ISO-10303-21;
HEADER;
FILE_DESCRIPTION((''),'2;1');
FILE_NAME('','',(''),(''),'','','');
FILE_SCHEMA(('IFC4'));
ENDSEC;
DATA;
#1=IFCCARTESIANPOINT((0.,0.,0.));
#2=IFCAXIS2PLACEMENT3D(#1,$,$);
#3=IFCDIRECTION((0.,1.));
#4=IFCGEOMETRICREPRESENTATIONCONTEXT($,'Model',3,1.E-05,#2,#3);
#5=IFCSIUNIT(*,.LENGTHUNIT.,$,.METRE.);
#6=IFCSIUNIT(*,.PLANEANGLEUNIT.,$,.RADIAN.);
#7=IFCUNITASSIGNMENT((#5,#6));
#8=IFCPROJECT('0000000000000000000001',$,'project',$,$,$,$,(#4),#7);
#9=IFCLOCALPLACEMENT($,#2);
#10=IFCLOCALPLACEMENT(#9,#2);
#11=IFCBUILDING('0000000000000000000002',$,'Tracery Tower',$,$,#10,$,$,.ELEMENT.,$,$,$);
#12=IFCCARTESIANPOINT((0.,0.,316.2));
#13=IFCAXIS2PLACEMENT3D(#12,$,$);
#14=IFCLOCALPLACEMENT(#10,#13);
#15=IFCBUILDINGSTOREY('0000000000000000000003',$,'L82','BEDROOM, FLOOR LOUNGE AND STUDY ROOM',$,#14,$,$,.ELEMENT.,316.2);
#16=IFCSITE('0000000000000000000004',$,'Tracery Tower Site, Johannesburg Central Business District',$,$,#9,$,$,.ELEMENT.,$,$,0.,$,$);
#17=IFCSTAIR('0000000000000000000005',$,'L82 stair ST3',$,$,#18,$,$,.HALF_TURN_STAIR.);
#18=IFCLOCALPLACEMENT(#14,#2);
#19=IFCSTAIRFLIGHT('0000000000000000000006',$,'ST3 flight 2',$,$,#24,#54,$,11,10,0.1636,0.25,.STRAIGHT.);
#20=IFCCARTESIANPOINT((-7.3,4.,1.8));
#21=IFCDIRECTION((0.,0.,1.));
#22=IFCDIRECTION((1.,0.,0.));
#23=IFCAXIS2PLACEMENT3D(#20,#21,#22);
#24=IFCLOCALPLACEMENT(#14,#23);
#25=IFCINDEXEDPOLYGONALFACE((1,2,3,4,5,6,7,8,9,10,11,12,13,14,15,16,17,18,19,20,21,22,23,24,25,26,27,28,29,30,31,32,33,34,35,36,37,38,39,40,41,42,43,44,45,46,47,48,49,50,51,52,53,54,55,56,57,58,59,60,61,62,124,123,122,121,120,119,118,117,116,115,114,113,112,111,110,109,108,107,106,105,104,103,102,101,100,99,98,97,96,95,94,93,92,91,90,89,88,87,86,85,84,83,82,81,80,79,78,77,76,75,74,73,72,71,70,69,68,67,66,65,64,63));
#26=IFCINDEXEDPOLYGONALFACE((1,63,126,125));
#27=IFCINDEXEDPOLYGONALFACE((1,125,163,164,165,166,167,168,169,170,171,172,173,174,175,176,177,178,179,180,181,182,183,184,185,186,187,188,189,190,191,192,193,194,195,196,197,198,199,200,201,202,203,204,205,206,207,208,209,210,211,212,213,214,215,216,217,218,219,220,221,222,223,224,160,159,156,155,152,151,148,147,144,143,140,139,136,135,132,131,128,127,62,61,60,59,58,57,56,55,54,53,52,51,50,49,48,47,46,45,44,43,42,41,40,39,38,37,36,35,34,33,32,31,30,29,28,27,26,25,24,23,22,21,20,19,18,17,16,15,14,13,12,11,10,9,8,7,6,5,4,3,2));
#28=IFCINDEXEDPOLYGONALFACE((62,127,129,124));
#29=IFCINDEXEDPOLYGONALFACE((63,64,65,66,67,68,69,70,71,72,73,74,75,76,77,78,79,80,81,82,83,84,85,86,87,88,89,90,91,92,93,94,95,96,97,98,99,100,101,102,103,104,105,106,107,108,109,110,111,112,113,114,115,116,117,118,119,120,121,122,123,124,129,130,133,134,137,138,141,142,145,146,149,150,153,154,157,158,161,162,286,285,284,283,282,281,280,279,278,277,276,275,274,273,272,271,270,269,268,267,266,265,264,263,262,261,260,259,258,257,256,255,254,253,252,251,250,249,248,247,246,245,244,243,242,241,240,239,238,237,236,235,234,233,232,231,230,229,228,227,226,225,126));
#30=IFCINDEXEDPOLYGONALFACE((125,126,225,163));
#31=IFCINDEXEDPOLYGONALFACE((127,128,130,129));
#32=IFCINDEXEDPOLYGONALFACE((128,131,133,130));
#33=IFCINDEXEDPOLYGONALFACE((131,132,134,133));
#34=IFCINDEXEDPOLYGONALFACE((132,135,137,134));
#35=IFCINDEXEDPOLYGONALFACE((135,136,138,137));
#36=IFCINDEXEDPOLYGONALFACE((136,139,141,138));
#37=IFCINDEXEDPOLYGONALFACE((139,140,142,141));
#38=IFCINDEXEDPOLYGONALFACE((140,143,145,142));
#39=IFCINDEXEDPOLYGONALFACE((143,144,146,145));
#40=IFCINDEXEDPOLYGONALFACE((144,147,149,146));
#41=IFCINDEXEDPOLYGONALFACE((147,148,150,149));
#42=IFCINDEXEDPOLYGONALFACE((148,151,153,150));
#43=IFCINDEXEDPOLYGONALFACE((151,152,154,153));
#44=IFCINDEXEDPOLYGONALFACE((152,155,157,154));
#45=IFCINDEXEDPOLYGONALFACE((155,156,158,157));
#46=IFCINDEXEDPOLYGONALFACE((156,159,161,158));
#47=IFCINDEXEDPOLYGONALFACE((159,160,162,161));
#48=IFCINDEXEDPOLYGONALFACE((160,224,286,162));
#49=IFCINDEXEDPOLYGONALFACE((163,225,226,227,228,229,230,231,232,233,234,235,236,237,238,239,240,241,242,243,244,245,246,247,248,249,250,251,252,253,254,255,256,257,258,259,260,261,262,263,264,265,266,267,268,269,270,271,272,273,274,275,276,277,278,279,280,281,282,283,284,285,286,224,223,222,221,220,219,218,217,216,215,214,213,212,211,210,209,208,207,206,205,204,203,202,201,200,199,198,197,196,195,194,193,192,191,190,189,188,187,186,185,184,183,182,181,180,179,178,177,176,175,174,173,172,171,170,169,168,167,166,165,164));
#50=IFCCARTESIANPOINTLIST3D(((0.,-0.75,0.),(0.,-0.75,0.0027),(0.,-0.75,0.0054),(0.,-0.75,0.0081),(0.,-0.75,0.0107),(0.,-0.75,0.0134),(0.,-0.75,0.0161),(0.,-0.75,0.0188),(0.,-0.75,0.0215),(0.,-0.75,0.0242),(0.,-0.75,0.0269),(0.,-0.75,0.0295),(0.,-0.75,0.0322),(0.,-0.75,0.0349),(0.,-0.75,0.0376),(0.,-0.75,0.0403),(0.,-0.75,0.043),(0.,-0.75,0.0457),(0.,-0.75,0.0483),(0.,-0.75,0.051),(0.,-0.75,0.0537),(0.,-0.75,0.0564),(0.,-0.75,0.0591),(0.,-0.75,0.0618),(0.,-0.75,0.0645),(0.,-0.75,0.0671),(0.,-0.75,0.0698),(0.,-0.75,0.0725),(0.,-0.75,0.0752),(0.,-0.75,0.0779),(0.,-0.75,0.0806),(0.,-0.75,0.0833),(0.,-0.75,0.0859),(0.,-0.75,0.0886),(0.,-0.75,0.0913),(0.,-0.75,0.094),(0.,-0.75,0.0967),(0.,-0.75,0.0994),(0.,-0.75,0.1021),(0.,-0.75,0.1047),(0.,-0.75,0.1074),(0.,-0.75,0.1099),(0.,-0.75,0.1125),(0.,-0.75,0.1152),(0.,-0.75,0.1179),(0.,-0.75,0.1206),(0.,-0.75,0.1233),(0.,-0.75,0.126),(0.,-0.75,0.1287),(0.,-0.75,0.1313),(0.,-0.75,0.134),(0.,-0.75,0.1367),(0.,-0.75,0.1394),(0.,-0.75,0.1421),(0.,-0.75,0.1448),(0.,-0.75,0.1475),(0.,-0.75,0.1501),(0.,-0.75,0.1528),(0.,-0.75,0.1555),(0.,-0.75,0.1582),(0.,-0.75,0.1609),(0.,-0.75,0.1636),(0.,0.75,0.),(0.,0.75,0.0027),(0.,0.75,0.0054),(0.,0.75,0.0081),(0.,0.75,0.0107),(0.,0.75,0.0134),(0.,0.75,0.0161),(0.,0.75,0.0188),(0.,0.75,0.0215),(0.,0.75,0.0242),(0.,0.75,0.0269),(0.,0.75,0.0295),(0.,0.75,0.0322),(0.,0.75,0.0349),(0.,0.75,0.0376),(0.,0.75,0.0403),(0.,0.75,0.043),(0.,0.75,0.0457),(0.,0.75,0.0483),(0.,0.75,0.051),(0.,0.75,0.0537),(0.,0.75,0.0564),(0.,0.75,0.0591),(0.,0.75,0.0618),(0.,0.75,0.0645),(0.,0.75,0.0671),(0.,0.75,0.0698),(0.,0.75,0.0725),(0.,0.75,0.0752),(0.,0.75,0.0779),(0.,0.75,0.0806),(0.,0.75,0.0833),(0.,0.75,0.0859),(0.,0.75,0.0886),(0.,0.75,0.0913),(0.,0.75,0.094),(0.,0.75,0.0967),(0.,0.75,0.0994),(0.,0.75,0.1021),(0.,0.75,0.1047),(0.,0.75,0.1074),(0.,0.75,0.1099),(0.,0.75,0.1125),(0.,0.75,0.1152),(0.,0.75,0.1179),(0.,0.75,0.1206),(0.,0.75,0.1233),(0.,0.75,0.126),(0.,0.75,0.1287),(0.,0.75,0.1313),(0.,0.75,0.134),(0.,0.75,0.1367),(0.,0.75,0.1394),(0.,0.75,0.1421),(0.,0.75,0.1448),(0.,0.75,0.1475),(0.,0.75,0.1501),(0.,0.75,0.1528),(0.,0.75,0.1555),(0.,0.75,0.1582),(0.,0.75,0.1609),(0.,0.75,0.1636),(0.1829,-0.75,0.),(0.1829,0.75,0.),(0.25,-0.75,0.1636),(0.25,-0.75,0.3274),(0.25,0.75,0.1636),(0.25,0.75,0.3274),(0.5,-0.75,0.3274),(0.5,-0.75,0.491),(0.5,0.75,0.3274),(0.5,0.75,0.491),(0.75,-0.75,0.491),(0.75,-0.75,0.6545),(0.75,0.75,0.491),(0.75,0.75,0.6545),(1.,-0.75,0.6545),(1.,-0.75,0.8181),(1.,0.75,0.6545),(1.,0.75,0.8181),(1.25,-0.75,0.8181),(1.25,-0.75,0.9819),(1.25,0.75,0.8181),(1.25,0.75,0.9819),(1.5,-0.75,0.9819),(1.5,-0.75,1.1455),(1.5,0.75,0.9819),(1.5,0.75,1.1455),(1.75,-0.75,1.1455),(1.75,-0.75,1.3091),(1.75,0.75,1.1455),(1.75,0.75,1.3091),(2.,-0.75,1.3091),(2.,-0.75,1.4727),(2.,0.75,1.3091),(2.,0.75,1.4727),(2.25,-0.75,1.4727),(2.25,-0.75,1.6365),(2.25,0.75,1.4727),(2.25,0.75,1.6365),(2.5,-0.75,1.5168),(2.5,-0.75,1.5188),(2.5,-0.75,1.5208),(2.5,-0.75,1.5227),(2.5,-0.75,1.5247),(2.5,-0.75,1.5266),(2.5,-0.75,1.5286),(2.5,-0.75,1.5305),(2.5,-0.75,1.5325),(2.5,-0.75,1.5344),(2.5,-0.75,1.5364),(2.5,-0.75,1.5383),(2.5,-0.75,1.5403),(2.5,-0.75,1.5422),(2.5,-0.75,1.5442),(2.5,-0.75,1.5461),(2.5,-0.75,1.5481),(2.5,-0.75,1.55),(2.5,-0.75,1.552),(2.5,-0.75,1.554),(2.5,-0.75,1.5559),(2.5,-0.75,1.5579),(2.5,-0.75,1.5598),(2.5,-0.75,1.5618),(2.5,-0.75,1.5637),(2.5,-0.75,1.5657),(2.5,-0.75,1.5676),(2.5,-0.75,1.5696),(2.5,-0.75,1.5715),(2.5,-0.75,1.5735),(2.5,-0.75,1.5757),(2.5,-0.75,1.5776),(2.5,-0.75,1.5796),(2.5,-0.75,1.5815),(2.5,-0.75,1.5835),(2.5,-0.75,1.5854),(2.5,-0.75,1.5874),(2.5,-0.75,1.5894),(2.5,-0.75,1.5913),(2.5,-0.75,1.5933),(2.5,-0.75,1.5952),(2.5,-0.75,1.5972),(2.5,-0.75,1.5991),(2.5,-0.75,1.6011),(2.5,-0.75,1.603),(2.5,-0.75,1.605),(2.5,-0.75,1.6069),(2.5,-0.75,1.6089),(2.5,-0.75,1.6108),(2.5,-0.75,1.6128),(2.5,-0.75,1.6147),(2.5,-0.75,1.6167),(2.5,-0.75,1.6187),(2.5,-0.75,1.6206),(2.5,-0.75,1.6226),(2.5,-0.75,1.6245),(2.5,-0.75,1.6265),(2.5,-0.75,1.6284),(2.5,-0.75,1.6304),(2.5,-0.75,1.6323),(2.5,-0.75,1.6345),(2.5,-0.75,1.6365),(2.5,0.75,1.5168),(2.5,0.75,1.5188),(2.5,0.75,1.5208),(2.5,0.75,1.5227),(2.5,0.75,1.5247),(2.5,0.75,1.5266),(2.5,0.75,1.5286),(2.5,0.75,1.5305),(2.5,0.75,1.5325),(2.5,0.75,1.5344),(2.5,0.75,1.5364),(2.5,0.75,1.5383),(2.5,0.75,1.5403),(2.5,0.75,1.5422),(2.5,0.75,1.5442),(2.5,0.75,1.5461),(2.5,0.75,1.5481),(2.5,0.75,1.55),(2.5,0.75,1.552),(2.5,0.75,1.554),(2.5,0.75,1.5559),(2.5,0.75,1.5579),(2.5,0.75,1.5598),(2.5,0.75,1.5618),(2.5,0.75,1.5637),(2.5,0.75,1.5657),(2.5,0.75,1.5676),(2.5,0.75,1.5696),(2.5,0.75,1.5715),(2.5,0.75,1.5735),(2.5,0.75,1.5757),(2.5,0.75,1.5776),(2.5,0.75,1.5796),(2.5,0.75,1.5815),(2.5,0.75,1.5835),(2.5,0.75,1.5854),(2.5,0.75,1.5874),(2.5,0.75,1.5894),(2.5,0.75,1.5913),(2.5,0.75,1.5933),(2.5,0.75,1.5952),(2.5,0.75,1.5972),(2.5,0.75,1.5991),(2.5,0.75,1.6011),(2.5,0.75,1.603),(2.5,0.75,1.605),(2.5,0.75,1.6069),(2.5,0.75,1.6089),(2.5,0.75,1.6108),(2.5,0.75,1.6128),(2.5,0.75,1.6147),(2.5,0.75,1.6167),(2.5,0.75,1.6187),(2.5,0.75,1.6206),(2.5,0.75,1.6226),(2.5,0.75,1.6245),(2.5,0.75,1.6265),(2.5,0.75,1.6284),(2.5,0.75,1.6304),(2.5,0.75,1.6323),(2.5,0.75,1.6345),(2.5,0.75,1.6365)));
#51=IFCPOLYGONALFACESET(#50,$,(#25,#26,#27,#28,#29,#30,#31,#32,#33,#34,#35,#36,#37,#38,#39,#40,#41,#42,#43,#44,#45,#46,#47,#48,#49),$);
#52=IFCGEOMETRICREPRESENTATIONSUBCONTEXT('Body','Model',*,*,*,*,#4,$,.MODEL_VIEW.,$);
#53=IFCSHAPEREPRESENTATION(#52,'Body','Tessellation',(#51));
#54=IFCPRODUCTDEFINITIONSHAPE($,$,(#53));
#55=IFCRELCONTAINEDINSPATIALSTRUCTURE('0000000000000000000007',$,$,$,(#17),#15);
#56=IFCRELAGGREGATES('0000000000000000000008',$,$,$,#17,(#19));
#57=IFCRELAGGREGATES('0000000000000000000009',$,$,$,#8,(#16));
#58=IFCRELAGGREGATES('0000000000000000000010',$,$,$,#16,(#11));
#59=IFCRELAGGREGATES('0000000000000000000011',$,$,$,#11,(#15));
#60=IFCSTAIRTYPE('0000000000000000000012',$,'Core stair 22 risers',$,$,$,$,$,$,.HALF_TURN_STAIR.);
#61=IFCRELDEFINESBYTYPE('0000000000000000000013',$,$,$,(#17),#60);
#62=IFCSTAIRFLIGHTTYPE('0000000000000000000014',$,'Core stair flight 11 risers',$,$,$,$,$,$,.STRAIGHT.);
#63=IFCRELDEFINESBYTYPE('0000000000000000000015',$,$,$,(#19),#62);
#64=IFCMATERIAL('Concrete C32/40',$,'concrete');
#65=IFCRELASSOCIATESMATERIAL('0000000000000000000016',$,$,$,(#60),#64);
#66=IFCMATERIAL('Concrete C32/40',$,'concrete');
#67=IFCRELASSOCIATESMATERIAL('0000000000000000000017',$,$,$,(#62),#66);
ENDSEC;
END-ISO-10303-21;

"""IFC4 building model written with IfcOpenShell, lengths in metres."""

from ifc_helpers import new_model, si_unit, direction, frame, origin, place, context, subcontext, project, spatial, polyline, outline, extrude, material, type_object, element, aggregate, save


model = new_model("IFC4")

# Units and contexts
model_context = context("Model", 3, precision=1e-05, world=origin(), true_north=direction((0.0, 1.0)))
body_context = subcontext(model_context, "Body", "Model", "MODEL_VIEW")
ifc_project = project(units=[si_unit("LENGTHUNIT", "METRE"), si_unit("PLANEANGLEUNIT", "RADIAN")], contexts=[model_context])

# Site, building, storey
site_placement = place(None, origin())
site = spatial("IfcSite", under=ifc_project, at=site_placement, Name="Tracery Tower Site, Johannesburg Central Business District", CompositionType="ELEMENT", RefElevation=0.0)
building_placement = place(site_placement, origin())
building = spatial("IfcBuilding", under=site, at=building_placement, Name="Tracery Tower", CompositionType="ELEMENT")
storey_placement = place(building_placement, frame((0.0, 0.0, 316.2)))
storey = spatial("IfcBuildingStorey", under=building, at=storey_placement, Name="L82", Description="BEDROOM, FLOOR LOUNGE AND STUDY ROOM", CompositionType="ELEMENT", Elevation=316.2)

# Stair, stair flight
ifc_material_1 = material(Name="Concrete C32/40", Category="concrete")
stair_type = type_object("IfcStairType", Name="Core stair 22 risers", PredefinedType="HALF_TURN_STAIR", material=ifc_material_1)
stair_placement = place(storey_placement, origin())
stair = element("IfcStair", 1, at=stair_placement, inside=storey, type_object=stair_type, Name="L82 stair ST3", PredefinedType="HALF_TURN_STAIR")
ifc_material_2 = material(Name="Concrete C32/40", Category="concrete")
stair_flight_type = type_object("IfcStairFlightType", Name="Core stair flight 11 risers", PredefinedType="STRAIGHT", material=ifc_material_2)
stair_flight_1_placement = place(storey_placement, frame((-7.3, 4.0, 1.8), z_axis=(0.0, 0.0, 1.0), x_axis=(1.0, 0.0, 0.0)))
stair_flight_1 = element("IfcStairFlight", 2, at=stair_flight_1_placement, type_object=stair_flight_type, Name="ST3 flight 2", NumberOfRisers=11, NumberOfTreads=10, PredefinedType="STRAIGHT", RiserHeight=0.1636, TreadLength=0.25, context=body_context, shape_type="SweptSolid", body=[
    extrude(outline(polyline([(0.0, 0.0), (0.0, 0.0027), (0.0, 0.0054), (0.0, 0.0081), (0.0, 0.0107), (0.0, 0.0134), (0.0, 0.0161), (0.0, 0.0188), (0.0, 0.0215), (0.0, 0.0242), (0.0, 0.0269), (0.0, 0.0295), (0.0, 0.0322), (0.0, 0.0349), (0.0, 0.0376), (0.0, 0.0403), (0.0, 0.043), (0.0, 0.0457), (0.0, 0.0483), (0.0, 0.051), (0.0, 0.0537), (0.0, 0.0564), (0.0, 0.0591), (0.0, 0.0618), (0.0, 0.0645), (0.0, 0.0671), (0.0, 0.0698), (0.0, 0.0725), (0.0, 0.0752), (0.0, 0.0779), (0.0, 0.0806), (0.0, 0.0833), (0.0, 0.0859), (0.0, 0.0886), (0.0, 0.0913), (0.0, 0.094), (0.0, 0.0967), (0.0, 0.0994), (0.0, 0.1021), (0.0, 0.1047), (0.0, 0.1074), (0.0, 0.1099), (0.0, 0.1125), (0.0, 0.1152), (0.0, 0.1179), (0.0, 0.1206), (0.0, 0.1233), (0.0, 0.126), (0.0, 0.1287), (0.0, 0.1313), (0.0, 0.134), (0.0, 0.1367), (0.0, 0.1394), (0.0, 0.1421), (0.0, 0.1448), (0.0, 0.1475), (0.0, 0.1501), (0.0, 0.1528), (0.0, 0.1555), (0.0, 0.1582), (0.0, 0.1609), (0.0, 0.1636), (0.25, 0.1636), (0.25, 0.3274), (0.5, 0.3274), (0.5, 0.491), (0.75, 0.491), (0.75, 0.6545), (1.0, 0.6545), (1.0, 0.8181), (1.25, 0.8181), (1.25, 0.9819), (1.5, 0.9819), (1.5, 1.1455), (1.75, 1.1455), (1.75, 1.3091), (2.0, 1.3091), (2.0, 1.4727), (2.25, 1.4727), (2.25, 1.6365), (2.5, 1.6365), (2.5, 1.6345), (2.5, 1.6323), (2.5, 1.6304), (2.5, 1.6284), (2.5, 1.6265), (2.5, 1.6245), (2.5, 1.6226), (2.5, 1.6206), (2.5, 1.6187), (2.5, 1.6167), (2.5, 1.6147), (2.5, 1.6128), (2.5, 1.6108), (2.5, 1.6089), (2.5, 1.6069), (2.5, 1.605), (2.5, 1.603), (2.5, 1.6011), (2.5, 1.5991), (2.5, 1.5972), (2.5, 1.5952), (2.5, 1.5933), (2.5, 1.5913), (2.5, 1.5894), (2.5, 1.5874), (2.5, 1.5854), (2.5, 1.5835), (2.5, 1.5815), (2.5, 1.5796), (2.5, 1.5776), (2.5, 1.5757), (2.5, 1.5735), (2.5, 1.5715), (2.5, 1.5696), (2.5, 1.5676), (2.5, 1.5657), (2.5, 1.5637), (2.5, 1.5618), (2.5, 1.5598), (2.5, 1.5579), (2.5, 1.5559), (2.5, 1.554), (2.5, 1.552), (2.5, 1.55), (2.5, 1.5481), (2.5, 1.5461), (2.5, 1.5442), (2.5, 1.5422), (2.5, 1.5403), (2.5, 1.5383), (2.5, 1.5364), (2.5, 1.5344), (2.5, 1.5325), (2.5, 1.5305), (2.5, 1.5286), (2.5, 1.5266), (2.5, 1.5247), (2.5, 1.5227), (2.5, 1.5208), (2.5, 1.5188), (2.5, 1.5168), (0.1829, 0.0), (0.0, 0.0)])), frame((0.0, 0.75, 0.0), z_axis=(0.0, -1.0, 0.0), x_axis=(1.0, 0.0, 0.0)), (0.0, 0.0, 1.0), 1.5),
])
aggregate(stair, [stair_flight_1])

save(model, "model.ifc")
